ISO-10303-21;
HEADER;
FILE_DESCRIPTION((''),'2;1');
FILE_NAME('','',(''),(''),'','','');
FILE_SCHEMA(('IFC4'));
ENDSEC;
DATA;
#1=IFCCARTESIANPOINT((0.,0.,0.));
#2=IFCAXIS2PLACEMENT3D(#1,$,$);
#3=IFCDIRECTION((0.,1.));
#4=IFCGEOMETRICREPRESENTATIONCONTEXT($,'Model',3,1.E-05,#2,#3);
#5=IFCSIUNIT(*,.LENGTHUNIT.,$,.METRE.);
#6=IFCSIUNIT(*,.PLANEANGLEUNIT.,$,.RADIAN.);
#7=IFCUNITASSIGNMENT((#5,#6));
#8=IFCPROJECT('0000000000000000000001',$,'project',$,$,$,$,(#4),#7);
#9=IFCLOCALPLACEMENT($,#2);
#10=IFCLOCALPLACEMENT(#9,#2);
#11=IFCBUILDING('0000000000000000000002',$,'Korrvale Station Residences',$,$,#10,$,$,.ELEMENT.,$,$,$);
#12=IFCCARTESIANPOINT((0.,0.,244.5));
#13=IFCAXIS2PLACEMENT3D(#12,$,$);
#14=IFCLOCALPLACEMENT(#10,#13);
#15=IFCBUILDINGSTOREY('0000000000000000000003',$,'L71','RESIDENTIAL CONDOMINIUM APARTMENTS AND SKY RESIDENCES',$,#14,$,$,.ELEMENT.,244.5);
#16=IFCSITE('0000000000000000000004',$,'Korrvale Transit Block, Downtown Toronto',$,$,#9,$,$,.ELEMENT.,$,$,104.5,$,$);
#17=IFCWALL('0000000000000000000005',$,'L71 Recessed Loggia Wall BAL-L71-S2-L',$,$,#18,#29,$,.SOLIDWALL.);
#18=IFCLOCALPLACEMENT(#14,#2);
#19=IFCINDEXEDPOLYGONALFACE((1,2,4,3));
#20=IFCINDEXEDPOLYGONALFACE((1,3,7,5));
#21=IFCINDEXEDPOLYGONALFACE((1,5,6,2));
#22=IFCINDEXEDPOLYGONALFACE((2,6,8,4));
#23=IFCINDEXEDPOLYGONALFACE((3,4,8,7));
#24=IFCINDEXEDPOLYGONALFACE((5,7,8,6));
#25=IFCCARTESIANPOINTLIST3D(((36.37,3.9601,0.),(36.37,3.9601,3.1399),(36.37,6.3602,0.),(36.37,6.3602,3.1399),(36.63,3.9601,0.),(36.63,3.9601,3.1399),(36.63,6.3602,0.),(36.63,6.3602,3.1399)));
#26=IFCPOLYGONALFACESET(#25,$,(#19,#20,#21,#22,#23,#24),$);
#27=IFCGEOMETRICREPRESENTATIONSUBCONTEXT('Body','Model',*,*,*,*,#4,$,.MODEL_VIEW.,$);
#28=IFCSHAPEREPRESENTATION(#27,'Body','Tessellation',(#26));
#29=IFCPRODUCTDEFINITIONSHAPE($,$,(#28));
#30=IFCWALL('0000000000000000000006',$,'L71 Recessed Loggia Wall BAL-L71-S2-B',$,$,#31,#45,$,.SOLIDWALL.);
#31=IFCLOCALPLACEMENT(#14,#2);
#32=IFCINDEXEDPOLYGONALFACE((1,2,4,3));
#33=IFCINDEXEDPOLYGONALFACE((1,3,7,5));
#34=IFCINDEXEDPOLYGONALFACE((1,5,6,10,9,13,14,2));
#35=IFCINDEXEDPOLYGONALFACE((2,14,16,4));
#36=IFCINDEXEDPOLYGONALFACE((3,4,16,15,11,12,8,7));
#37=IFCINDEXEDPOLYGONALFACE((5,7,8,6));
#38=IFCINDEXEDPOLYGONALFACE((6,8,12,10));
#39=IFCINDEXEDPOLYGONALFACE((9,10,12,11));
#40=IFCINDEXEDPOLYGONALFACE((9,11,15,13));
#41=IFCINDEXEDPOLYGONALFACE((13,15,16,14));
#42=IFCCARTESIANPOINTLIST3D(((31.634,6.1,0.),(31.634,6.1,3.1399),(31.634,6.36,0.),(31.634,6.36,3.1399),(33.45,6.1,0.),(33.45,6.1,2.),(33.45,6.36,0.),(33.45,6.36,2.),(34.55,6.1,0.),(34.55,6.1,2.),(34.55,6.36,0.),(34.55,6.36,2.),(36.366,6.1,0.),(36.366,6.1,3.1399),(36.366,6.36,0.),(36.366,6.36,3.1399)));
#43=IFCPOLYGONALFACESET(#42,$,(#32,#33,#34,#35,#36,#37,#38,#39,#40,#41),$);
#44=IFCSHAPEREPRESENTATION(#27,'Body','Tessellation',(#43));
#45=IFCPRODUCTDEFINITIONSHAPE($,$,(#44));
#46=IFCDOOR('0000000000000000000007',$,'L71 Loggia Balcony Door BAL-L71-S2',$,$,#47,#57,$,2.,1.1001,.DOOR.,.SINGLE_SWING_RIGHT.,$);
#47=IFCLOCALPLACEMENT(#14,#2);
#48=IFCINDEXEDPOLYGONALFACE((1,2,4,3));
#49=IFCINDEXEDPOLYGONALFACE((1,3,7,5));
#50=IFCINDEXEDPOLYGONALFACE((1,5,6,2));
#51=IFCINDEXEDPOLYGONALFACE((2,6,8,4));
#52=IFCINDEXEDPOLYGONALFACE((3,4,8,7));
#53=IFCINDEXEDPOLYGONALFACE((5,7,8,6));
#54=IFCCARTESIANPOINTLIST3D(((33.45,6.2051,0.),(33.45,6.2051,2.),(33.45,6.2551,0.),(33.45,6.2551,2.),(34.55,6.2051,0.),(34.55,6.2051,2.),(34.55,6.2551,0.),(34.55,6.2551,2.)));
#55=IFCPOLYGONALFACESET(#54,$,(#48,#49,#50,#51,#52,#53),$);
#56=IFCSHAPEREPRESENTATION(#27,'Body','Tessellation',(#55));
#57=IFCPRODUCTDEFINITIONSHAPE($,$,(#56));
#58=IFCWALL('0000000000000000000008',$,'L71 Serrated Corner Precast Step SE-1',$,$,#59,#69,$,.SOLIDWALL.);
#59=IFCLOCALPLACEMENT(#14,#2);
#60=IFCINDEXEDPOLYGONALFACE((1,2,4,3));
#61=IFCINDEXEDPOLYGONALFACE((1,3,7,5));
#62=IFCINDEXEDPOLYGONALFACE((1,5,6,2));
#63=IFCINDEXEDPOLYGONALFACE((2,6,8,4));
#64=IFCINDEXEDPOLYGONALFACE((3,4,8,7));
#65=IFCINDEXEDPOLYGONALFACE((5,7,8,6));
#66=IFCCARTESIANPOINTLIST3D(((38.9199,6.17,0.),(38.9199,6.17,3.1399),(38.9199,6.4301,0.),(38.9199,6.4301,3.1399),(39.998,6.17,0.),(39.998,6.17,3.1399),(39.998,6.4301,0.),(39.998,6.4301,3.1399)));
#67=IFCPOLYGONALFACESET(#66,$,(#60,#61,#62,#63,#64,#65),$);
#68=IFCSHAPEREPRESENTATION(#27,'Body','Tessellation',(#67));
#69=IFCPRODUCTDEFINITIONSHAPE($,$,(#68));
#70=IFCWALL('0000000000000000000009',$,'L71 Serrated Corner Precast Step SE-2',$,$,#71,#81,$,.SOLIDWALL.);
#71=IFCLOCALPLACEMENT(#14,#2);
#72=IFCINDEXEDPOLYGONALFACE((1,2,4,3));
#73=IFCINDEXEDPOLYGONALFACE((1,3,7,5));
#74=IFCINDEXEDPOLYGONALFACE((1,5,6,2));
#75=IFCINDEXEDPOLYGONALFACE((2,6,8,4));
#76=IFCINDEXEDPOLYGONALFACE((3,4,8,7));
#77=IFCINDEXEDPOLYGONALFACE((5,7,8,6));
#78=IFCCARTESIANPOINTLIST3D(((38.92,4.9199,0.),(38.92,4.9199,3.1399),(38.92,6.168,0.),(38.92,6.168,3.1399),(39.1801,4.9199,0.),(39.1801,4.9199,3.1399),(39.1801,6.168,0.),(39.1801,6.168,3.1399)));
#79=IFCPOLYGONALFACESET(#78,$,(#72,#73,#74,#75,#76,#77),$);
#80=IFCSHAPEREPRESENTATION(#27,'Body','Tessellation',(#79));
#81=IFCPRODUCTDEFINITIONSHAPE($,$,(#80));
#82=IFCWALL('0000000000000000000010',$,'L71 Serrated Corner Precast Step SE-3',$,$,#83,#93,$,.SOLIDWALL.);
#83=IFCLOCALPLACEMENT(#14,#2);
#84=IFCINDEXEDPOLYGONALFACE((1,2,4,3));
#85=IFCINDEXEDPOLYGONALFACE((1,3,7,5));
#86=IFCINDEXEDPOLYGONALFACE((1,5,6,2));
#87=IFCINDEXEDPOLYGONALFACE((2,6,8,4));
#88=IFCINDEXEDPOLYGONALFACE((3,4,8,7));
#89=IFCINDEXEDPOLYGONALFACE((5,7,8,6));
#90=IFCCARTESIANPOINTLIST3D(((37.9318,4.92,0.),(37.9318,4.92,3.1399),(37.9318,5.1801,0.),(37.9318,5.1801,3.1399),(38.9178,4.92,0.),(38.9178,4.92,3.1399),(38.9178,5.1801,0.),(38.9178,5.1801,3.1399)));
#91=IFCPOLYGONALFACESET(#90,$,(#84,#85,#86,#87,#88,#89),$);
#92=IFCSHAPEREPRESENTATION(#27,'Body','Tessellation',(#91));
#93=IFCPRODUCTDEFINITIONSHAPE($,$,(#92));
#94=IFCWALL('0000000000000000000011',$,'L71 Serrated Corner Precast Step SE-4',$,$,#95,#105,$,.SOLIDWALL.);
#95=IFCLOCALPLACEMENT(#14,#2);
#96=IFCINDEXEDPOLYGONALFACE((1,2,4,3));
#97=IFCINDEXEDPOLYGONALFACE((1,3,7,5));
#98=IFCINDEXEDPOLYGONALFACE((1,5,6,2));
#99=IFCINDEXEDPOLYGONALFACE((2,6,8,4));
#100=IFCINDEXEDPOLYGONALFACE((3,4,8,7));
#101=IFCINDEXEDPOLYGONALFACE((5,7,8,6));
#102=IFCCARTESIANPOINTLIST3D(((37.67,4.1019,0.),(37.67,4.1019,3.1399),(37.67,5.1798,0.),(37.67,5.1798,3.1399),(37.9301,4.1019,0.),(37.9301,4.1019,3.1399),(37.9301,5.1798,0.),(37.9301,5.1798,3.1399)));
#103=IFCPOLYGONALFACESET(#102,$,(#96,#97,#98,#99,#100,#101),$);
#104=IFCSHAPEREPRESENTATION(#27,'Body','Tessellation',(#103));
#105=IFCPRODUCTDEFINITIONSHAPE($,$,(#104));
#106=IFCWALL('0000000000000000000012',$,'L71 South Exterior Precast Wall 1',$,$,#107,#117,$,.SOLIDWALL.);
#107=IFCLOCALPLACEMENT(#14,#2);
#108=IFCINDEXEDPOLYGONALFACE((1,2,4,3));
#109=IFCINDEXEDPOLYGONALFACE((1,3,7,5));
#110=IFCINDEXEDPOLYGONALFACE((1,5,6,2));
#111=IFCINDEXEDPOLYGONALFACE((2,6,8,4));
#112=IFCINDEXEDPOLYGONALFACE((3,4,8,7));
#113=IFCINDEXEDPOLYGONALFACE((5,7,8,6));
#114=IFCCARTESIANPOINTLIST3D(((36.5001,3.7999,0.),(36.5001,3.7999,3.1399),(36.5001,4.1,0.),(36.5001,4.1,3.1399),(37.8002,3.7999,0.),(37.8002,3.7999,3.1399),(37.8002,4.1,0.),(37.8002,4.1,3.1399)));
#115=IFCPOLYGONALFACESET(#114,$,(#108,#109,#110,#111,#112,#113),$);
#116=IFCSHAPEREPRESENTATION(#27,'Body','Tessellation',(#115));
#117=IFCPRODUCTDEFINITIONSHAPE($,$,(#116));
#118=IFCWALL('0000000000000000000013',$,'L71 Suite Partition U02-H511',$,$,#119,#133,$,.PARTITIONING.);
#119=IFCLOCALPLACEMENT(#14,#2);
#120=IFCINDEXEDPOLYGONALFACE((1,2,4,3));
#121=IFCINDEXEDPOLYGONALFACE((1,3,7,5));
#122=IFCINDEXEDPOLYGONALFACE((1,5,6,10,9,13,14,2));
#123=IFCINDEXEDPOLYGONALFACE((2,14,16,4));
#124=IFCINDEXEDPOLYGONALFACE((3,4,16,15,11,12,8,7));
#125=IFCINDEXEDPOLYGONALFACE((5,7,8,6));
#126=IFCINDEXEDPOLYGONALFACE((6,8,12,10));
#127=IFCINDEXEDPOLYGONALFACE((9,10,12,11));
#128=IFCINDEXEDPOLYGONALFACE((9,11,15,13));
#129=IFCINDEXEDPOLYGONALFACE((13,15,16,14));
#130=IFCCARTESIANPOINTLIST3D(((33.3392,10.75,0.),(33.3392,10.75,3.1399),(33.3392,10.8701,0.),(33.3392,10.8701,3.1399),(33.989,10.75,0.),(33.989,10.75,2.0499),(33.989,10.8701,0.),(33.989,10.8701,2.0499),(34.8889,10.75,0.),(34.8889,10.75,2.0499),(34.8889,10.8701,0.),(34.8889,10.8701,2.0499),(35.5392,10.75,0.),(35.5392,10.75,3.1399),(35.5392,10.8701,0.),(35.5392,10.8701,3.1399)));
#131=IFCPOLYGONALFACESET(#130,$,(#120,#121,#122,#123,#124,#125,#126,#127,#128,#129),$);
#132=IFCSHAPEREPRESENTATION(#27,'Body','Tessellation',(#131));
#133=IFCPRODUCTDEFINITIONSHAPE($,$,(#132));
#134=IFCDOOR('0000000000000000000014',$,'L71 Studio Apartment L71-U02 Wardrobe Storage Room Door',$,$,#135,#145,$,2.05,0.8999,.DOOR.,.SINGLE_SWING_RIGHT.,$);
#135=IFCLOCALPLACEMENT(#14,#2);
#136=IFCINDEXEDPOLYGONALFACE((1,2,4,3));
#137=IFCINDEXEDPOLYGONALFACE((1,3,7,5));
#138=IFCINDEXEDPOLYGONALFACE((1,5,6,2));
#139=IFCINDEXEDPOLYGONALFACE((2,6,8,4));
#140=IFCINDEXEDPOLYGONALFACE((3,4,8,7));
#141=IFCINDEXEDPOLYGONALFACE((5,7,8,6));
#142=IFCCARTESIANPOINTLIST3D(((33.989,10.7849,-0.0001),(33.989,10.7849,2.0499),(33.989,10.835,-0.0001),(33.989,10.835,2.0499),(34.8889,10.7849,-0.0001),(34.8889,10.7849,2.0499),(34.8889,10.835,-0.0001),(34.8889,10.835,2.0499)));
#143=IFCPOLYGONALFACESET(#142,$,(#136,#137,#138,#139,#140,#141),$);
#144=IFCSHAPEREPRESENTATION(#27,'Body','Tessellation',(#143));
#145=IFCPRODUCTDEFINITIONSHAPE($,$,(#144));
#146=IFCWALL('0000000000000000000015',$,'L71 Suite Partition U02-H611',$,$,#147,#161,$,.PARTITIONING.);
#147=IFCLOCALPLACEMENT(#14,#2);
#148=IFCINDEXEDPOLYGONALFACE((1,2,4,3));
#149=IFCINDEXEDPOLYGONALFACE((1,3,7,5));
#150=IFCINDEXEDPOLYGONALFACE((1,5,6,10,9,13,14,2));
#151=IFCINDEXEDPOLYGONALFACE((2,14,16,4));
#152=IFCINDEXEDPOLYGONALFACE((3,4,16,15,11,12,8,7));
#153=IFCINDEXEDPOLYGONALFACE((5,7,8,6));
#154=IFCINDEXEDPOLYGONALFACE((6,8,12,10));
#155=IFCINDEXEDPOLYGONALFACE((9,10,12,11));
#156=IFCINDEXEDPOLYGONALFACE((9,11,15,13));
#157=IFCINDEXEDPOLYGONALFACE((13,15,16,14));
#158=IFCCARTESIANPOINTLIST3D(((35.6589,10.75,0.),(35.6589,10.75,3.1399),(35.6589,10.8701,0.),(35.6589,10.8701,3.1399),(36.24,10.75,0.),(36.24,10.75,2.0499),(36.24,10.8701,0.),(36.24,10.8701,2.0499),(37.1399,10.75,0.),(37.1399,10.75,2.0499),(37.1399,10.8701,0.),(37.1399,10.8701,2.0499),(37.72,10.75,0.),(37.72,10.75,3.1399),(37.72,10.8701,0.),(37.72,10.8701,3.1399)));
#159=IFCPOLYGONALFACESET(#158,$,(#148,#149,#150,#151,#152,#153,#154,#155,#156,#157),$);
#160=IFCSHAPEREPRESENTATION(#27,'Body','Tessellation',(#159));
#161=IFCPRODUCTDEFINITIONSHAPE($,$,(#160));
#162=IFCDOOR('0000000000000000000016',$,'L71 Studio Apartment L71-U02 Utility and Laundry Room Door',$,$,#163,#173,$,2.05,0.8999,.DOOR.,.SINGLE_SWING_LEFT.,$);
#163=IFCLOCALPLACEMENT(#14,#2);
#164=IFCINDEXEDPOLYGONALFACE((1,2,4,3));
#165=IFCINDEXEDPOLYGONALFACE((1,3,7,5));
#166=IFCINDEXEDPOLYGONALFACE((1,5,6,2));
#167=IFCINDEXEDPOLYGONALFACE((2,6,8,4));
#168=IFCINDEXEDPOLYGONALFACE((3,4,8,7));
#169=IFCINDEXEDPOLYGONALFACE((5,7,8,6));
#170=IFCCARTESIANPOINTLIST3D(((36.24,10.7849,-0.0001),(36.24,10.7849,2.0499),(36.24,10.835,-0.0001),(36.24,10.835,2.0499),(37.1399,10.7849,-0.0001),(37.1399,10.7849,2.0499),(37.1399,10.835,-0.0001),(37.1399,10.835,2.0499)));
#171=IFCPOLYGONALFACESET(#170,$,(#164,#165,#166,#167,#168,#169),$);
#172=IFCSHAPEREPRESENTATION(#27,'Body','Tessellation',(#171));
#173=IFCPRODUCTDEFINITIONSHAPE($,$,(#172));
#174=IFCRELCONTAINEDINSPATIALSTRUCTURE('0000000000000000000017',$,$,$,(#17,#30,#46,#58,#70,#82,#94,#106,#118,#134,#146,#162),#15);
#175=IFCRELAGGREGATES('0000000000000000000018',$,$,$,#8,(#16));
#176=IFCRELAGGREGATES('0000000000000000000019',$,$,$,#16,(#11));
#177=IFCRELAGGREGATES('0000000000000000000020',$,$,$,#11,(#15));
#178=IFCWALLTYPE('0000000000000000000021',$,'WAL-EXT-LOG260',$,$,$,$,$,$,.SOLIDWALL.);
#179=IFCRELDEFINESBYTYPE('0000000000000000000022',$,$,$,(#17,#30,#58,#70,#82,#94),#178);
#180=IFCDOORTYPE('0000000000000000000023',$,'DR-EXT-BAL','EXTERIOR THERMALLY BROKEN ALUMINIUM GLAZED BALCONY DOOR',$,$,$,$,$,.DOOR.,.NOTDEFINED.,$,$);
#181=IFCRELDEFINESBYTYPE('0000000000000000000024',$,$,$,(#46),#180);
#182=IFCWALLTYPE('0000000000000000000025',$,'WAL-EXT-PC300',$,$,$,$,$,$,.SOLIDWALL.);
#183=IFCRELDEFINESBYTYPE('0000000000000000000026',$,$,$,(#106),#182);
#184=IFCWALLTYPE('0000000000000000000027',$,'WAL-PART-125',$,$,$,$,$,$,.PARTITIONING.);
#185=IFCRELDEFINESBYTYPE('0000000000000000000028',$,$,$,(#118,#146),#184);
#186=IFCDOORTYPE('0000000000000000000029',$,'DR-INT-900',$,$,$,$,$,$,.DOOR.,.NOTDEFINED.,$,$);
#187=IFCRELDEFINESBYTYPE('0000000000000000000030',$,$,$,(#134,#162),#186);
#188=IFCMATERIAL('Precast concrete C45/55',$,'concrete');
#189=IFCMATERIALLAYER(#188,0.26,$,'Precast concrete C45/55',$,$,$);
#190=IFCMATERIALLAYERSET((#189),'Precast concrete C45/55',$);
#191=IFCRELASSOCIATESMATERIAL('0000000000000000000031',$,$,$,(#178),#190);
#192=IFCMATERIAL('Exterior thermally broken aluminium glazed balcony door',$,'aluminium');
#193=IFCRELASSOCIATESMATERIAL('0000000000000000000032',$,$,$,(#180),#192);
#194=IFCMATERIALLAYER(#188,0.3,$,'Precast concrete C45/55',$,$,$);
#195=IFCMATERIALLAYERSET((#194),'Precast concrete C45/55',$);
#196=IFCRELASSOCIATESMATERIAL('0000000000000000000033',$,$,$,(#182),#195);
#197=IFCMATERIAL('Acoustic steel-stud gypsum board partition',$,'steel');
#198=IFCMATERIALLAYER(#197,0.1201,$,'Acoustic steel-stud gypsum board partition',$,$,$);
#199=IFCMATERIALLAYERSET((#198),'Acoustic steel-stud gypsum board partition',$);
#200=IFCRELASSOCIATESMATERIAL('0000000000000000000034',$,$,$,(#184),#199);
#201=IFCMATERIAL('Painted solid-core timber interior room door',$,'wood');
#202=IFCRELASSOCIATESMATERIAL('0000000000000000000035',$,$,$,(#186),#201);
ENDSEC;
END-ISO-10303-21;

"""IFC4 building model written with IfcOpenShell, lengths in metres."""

from ifc_helpers import new_model, si_unit, direction, frame, frame_2d, origin, place, context, subcontext, project, spatial, rectangle, extrude, material, layer, layer_set, type_object, element, fill, save


model = new_model("IFC4")

# Units and contexts
model_context = context("Model", 3, precision=1e-05, world=origin(), true_north=direction((0.0, 1.0)))
body_context = subcontext(model_context, "Body", "Model", "MODEL_VIEW")
ifc_project = project(units=[si_unit("LENGTHUNIT", "METRE"), si_unit("PLANEANGLEUNIT", "RADIAN")], contexts=[model_context])

# Site, building, storey
site_placement = place(None, origin())
site = spatial("IfcSite", under=ifc_project, at=site_placement, Name="Korrvale Transit Block, Downtown Toronto", CompositionType="ELEMENT", RefElevation=104.5)
building_placement = place(site_placement, origin())
building = spatial("IfcBuilding", under=site, at=building_placement, Name="Korrvale Station Residences", CompositionType="ELEMENT")
storey_placement = place(building_placement, frame((0.0, 0.0, 244.5)))
storey = spatial("IfcBuildingStorey", under=building, at=storey_placement, Name="L71", Description="RESIDENTIAL CONDOMINIUM APARTMENTS AND SKY RESIDENCES", CompositionType="ELEMENT", Elevation=244.5)

# Wall
ifc_material_1 = material(Name="Precast concrete C45/55", Category="concrete")
ifc_layer_1 = layer(ifc_material_1, 0.26, Name="Precast concrete C45/55")
ifc_layer_set_1 = layer_set([ifc_layer_1], Name="Precast concrete C45/55")
wall_type_1 = type_object("IfcWallType", Name="WAL-EXT-LOG260", PredefinedType="SOLIDWALL", material=ifc_layer_set_1)
wall_1_placement = place(storey_placement, frame((36.5, 3.96, 0.0), z_axis=(0.0, 0.0, 1.0), x_axis=(0.0, 1.0, 0.0)))
element("IfcWall", 1, at=wall_1_placement, inside=storey, type_object=wall_type_1, Name="L71 Recessed Loggia Wall BAL-L71-S2-L", PredefinedType="SOLIDWALL", context=body_context, shape_type="SweptSolid", body=[
    extrude(rectangle(XDim=2.4001, YDim=0.26, at=frame_2d((1.2002, 0.0))), origin(), (0.0, 0.0, 1.0), 3.1399),
])

# Wall, opening, door
wall_2_placement = place(storey_placement, frame((36.366, 6.23, 0.0), z_axis=(0.0, 0.0, 1.0), x_axis=(-1.0, 0.0, 0.0)))
wall_2 = element("IfcWall", 2, at=wall_2_placement, inside=storey, type_object=wall_type_1, Name="L71 Recessed Loggia Wall BAL-L71-S2-B", PredefinedType="SOLIDWALL", context=body_context, shape_type="SweptSolid", body=[
    extrude(rectangle(XDim=4.7319, YDim=0.26, at=frame_2d((2.366, 0.0))), origin(), (0.0, 0.0, 1.0), 3.1399),
])
opening_1_placement = place(wall_2_placement, frame((1.8159, 0.0, 0.0)))
opening_1 = element("IfcOpeningElement", 3, at=opening_1_placement, cuts=wall_2, PredefinedType="OPENING", context=body_context, shape_type="SweptSolid", body=[
    extrude(rectangle(XDim=1.1001, YDim=2.0, at=frame_2d((0.55, 1.0))), frame((0.0, 0.1401, 0.0), z_axis=(0.0, -1.0, 0.0), x_axis=(1.0, 0.0, 0.0)), (0.0, 0.0, 1.0), 0.28),
])
ifc_material_2 = material(Name="Exterior thermally broken aluminium glazed balcony door", Category="aluminium")
door_type_1 = type_object("IfcDoorType", Name="DR-EXT-BAL", Description="EXTERIOR THERMALLY BROKEN ALUMINIUM GLAZED BALCONY DOOR", OperationType="NOTDEFINED", PredefinedType="DOOR", material=ifc_material_2)
door_1_placement = place(opening_1_placement, origin())
door_1 = element("IfcDoor", 4, at=door_1_placement, inside=storey, type_object=door_type_1, Name="L71 Loggia Balcony Door BAL-L71-S2", OperationType="SINGLE_SWING_RIGHT", OverallHeight=2.0, OverallWidth=1.1001, PredefinedType="DOOR", context=body_context, shape_type="SweptSolid", body=[
    extrude(rectangle(XDim=1.1001, YDim=2.0, at=frame_2d((0.55, 1.0))), frame((0.0, 0.0249, 0.0), z_axis=(0.0, -1.0, 0.0), x_axis=(1.0, 0.0, 0.0)), (0.0, 0.0, 1.0), 0.05),
])
fill(opening_1, door_1)

# Walls
wall_3_placement = place(storey_placement, frame((39.998, 6.3, 0.0), z_axis=(0.0, 0.0, 1.0), x_axis=(-1.0, 0.0, 0.0)))
element("IfcWall", 5, at=wall_3_placement, inside=storey, type_object=wall_type_1, Name="L71 Serrated Corner Precast Step SE-1", PredefinedType="SOLIDWALL", context=body_context, shape_type="SweptSolid", body=[
    extrude(rectangle(XDim=1.0781, YDim=0.26, at=frame_2d((0.5391, 0.0))), origin(), (0.0, 0.0, 1.0), 3.1399),
])
wall_4_placement = place(storey_placement, frame((39.05, 6.168, 0.0), z_axis=(0.0, 0.0, 1.0), x_axis=(0.0, -1.0, 0.0)))
element("IfcWall", 6, at=wall_4_placement, inside=storey, type_object=wall_type_1, Name="L71 Serrated Corner Precast Step SE-2", PredefinedType="SOLIDWALL", context=body_context, shape_type="SweptSolid", body=[
    extrude(rectangle(XDim=1.248, YDim=0.26, at=frame_2d((0.624, 0.0))), origin(), (0.0, 0.0, 1.0), 3.1399),
])
wall_5_placement = place(storey_placement, frame((38.918, 5.05, 0.0), z_axis=(0.0, 0.0, 1.0), x_axis=(-1.0, 0.0, 0.0)))
element("IfcWall", 7, at=wall_5_placement, inside=storey, type_object=wall_type_1, Name="L71 Serrated Corner Precast Step SE-3", PredefinedType="SOLIDWALL", context=body_context, shape_type="SweptSolid", body=[
    extrude(rectangle(XDim=0.9861, YDim=0.26, at=frame_2d((0.4932, 0.0))), origin(), (0.0, 0.0, 1.0), 3.1399),
])
wall_6_placement = place(storey_placement, frame((37.8, 5.1799, 0.0), z_axis=(0.0, 0.0, 1.0), x_axis=(0.0, -1.0, 0.0)))
element("IfcWall", 8, at=wall_6_placement, inside=storey, type_object=wall_type_1, Name="L71 Serrated Corner Precast Step SE-4", PredefinedType="SOLIDWALL", context=body_context, shape_type="SweptSolid", body=[
    extrude(rectangle(XDim=1.0779, YDim=0.26, at=frame_2d((0.5391, 0.0))), origin(), (0.0, 0.0, 1.0), 3.1399),
])
ifc_layer_2 = layer(ifc_material_1, 0.3, Name="Precast concrete C45/55")
ifc_layer_set_2 = layer_set([ifc_layer_2], Name="Precast concrete C45/55")
wall_type_2 = type_object("IfcWallType", Name="WAL-EXT-PC300", PredefinedType="SOLIDWALL", material=ifc_layer_set_2)
wall_7_placement = place(storey_placement, frame((37.8, 3.95, 0.0), z_axis=(0.0, 0.0, 1.0), x_axis=(-1.0, 0.0, 0.0)))
element("IfcWall", 9, at=wall_7_placement, inside=storey, type_object=wall_type_2, Name="L71 South Exterior Precast Wall 1", PredefinedType="SOLIDWALL", context=body_context, shape_type="SweptSolid", body=[
    extrude(rectangle(XDim=1.3, YDim=0.3, at=frame_2d((0.6499, 0.0))), origin(), (0.0, 0.0, 1.0), 3.1399),
])

# Walls, openings, doors
ifc_material_3 = material(Name="Acoustic steel-stud gypsum board partition", Category="steel")
ifc_layer_3 = layer(ifc_material_3, 0.1201, Name="Acoustic steel-stud gypsum board partition")
ifc_layer_set_3 = layer_set([ifc_layer_3], Name="Acoustic steel-stud gypsum board partition")
wall_type_3 = type_object("IfcWallType", Name="WAL-PART-125", PredefinedType="PARTITIONING", material=ifc_layer_set_3)
wall_8_placement = place(storey_placement, frame((33.3391, 10.8101, 0.0), z_axis=(0.0, 0.0, 1.0), x_axis=(1.0, 0.0, 0.0)))
wall_8 = element("IfcWall", 10, at=wall_8_placement, inside=storey, type_object=wall_type_3, Name="L71 Suite Partition U02-H511", PredefinedType="PARTITIONING", context=body_context, shape_type="SweptSolid", body=[
    extrude(rectangle(XDim=2.2, YDim=0.1201, at=frame_2d((1.1001, 0.0))), origin(), (0.0, 0.0, 1.0), 3.1399),
])
opening_2_placement = place(wall_8_placement, frame((0.6499, 0.0, 0.0)))
opening_2 = element("IfcOpeningElement", 11, at=opening_2_placement, cuts=wall_8, PredefinedType="OPENING", context=body_context, shape_type="SweptSolid", body=[
    extrude(rectangle(XDim=0.8999, YDim=2.05, at=frame_2d((0.45, 1.0249))), frame((0.0, 0.0701, 0.0), z_axis=(0.0, -1.0, 0.0), x_axis=(1.0, 0.0, 0.0)), (0.0, 0.0, 1.0), 0.1401),
])
ifc_material_4 = material(Name="Painted solid-core timber interior room door", Category="wood")
door_type_2 = type_object("IfcDoorType", Name="DR-INT-900", OperationType="NOTDEFINED", PredefinedType="DOOR", material=ifc_material_4)
door_2_placement = place(opening_2_placement, origin())
door_2 = element("IfcDoor", 12, at=door_2_placement, inside=storey, type_object=door_type_2, Name="L71 Studio Apartment L71-U02 Wardrobe Storage Room Door", OperationType="SINGLE_SWING_RIGHT", OverallHeight=2.05, OverallWidth=0.8999, PredefinedType="DOOR", context=body_context, shape_type="SweptSolid", body=[
    extrude(rectangle(XDim=0.8999, YDim=2.05, at=frame_2d((0.45, 1.0249))), frame((0.0, 0.0249, 0.0), z_axis=(0.0, -1.0, 0.0), x_axis=(1.0, 0.0, 0.0)), (0.0, 0.0, 1.0), 0.05),
])
fill(opening_2, door_2)
wall_9_placement = place(storey_placement, frame((35.6589, 10.8101, 0.0), z_axis=(0.0, 0.0, 1.0), x_axis=(1.0, 0.0, 0.0)))
wall_9 = element("IfcWall", 13, at=wall_9_placement, inside=storey, type_object=wall_type_3, Name="L71 Suite Partition U02-H611", PredefinedType="PARTITIONING", context=body_context, shape_type="SweptSolid", body=[
    extrude(rectangle(XDim=2.061, YDim=0.1201, at=frame_2d((1.0305, 0.0))), origin(), (0.0, 0.0, 1.0), 3.1399),
])
opening_3_placement = place(wall_9_placement, frame((0.5811, 0.0, 0.0)))
opening_3 = element("IfcOpeningElement", 14, at=opening_3_placement, cuts=wall_9, PredefinedType="OPENING", context=body_context, shape_type="SweptSolid", body=[
    extrude(rectangle(XDim=0.8999, YDim=2.05, at=frame_2d((0.45, 1.0249))), frame((0.0, 0.0701, 0.0), z_axis=(0.0, -1.0, 0.0), x_axis=(1.0, 0.0, 0.0)), (0.0, 0.0, 1.0), 0.1401),
])
door_3_placement = place(opening_3_placement, origin())
door_3 = element("IfcDoor", 15, at=door_3_placement, inside=storey, type_object=door_type_2, Name="L71 Studio Apartment L71-U02 Utility and Laundry Room Door", OperationType="SINGLE_SWING_LEFT", OverallHeight=2.05, OverallWidth=0.8999, PredefinedType="DOOR", context=body_context, shape_type="SweptSolid", body=[
    extrude(rectangle(XDim=0.8999, YDim=2.05, at=frame_2d((0.45, 1.0249))), frame((0.0, 0.0249, 0.0), z_axis=(0.0, -1.0, 0.0), x_axis=(1.0, 0.0, 0.0)), (0.0, 0.0, 1.0), 0.05),
])
fill(opening_3, door_3)

save(model, "model.ifc")
